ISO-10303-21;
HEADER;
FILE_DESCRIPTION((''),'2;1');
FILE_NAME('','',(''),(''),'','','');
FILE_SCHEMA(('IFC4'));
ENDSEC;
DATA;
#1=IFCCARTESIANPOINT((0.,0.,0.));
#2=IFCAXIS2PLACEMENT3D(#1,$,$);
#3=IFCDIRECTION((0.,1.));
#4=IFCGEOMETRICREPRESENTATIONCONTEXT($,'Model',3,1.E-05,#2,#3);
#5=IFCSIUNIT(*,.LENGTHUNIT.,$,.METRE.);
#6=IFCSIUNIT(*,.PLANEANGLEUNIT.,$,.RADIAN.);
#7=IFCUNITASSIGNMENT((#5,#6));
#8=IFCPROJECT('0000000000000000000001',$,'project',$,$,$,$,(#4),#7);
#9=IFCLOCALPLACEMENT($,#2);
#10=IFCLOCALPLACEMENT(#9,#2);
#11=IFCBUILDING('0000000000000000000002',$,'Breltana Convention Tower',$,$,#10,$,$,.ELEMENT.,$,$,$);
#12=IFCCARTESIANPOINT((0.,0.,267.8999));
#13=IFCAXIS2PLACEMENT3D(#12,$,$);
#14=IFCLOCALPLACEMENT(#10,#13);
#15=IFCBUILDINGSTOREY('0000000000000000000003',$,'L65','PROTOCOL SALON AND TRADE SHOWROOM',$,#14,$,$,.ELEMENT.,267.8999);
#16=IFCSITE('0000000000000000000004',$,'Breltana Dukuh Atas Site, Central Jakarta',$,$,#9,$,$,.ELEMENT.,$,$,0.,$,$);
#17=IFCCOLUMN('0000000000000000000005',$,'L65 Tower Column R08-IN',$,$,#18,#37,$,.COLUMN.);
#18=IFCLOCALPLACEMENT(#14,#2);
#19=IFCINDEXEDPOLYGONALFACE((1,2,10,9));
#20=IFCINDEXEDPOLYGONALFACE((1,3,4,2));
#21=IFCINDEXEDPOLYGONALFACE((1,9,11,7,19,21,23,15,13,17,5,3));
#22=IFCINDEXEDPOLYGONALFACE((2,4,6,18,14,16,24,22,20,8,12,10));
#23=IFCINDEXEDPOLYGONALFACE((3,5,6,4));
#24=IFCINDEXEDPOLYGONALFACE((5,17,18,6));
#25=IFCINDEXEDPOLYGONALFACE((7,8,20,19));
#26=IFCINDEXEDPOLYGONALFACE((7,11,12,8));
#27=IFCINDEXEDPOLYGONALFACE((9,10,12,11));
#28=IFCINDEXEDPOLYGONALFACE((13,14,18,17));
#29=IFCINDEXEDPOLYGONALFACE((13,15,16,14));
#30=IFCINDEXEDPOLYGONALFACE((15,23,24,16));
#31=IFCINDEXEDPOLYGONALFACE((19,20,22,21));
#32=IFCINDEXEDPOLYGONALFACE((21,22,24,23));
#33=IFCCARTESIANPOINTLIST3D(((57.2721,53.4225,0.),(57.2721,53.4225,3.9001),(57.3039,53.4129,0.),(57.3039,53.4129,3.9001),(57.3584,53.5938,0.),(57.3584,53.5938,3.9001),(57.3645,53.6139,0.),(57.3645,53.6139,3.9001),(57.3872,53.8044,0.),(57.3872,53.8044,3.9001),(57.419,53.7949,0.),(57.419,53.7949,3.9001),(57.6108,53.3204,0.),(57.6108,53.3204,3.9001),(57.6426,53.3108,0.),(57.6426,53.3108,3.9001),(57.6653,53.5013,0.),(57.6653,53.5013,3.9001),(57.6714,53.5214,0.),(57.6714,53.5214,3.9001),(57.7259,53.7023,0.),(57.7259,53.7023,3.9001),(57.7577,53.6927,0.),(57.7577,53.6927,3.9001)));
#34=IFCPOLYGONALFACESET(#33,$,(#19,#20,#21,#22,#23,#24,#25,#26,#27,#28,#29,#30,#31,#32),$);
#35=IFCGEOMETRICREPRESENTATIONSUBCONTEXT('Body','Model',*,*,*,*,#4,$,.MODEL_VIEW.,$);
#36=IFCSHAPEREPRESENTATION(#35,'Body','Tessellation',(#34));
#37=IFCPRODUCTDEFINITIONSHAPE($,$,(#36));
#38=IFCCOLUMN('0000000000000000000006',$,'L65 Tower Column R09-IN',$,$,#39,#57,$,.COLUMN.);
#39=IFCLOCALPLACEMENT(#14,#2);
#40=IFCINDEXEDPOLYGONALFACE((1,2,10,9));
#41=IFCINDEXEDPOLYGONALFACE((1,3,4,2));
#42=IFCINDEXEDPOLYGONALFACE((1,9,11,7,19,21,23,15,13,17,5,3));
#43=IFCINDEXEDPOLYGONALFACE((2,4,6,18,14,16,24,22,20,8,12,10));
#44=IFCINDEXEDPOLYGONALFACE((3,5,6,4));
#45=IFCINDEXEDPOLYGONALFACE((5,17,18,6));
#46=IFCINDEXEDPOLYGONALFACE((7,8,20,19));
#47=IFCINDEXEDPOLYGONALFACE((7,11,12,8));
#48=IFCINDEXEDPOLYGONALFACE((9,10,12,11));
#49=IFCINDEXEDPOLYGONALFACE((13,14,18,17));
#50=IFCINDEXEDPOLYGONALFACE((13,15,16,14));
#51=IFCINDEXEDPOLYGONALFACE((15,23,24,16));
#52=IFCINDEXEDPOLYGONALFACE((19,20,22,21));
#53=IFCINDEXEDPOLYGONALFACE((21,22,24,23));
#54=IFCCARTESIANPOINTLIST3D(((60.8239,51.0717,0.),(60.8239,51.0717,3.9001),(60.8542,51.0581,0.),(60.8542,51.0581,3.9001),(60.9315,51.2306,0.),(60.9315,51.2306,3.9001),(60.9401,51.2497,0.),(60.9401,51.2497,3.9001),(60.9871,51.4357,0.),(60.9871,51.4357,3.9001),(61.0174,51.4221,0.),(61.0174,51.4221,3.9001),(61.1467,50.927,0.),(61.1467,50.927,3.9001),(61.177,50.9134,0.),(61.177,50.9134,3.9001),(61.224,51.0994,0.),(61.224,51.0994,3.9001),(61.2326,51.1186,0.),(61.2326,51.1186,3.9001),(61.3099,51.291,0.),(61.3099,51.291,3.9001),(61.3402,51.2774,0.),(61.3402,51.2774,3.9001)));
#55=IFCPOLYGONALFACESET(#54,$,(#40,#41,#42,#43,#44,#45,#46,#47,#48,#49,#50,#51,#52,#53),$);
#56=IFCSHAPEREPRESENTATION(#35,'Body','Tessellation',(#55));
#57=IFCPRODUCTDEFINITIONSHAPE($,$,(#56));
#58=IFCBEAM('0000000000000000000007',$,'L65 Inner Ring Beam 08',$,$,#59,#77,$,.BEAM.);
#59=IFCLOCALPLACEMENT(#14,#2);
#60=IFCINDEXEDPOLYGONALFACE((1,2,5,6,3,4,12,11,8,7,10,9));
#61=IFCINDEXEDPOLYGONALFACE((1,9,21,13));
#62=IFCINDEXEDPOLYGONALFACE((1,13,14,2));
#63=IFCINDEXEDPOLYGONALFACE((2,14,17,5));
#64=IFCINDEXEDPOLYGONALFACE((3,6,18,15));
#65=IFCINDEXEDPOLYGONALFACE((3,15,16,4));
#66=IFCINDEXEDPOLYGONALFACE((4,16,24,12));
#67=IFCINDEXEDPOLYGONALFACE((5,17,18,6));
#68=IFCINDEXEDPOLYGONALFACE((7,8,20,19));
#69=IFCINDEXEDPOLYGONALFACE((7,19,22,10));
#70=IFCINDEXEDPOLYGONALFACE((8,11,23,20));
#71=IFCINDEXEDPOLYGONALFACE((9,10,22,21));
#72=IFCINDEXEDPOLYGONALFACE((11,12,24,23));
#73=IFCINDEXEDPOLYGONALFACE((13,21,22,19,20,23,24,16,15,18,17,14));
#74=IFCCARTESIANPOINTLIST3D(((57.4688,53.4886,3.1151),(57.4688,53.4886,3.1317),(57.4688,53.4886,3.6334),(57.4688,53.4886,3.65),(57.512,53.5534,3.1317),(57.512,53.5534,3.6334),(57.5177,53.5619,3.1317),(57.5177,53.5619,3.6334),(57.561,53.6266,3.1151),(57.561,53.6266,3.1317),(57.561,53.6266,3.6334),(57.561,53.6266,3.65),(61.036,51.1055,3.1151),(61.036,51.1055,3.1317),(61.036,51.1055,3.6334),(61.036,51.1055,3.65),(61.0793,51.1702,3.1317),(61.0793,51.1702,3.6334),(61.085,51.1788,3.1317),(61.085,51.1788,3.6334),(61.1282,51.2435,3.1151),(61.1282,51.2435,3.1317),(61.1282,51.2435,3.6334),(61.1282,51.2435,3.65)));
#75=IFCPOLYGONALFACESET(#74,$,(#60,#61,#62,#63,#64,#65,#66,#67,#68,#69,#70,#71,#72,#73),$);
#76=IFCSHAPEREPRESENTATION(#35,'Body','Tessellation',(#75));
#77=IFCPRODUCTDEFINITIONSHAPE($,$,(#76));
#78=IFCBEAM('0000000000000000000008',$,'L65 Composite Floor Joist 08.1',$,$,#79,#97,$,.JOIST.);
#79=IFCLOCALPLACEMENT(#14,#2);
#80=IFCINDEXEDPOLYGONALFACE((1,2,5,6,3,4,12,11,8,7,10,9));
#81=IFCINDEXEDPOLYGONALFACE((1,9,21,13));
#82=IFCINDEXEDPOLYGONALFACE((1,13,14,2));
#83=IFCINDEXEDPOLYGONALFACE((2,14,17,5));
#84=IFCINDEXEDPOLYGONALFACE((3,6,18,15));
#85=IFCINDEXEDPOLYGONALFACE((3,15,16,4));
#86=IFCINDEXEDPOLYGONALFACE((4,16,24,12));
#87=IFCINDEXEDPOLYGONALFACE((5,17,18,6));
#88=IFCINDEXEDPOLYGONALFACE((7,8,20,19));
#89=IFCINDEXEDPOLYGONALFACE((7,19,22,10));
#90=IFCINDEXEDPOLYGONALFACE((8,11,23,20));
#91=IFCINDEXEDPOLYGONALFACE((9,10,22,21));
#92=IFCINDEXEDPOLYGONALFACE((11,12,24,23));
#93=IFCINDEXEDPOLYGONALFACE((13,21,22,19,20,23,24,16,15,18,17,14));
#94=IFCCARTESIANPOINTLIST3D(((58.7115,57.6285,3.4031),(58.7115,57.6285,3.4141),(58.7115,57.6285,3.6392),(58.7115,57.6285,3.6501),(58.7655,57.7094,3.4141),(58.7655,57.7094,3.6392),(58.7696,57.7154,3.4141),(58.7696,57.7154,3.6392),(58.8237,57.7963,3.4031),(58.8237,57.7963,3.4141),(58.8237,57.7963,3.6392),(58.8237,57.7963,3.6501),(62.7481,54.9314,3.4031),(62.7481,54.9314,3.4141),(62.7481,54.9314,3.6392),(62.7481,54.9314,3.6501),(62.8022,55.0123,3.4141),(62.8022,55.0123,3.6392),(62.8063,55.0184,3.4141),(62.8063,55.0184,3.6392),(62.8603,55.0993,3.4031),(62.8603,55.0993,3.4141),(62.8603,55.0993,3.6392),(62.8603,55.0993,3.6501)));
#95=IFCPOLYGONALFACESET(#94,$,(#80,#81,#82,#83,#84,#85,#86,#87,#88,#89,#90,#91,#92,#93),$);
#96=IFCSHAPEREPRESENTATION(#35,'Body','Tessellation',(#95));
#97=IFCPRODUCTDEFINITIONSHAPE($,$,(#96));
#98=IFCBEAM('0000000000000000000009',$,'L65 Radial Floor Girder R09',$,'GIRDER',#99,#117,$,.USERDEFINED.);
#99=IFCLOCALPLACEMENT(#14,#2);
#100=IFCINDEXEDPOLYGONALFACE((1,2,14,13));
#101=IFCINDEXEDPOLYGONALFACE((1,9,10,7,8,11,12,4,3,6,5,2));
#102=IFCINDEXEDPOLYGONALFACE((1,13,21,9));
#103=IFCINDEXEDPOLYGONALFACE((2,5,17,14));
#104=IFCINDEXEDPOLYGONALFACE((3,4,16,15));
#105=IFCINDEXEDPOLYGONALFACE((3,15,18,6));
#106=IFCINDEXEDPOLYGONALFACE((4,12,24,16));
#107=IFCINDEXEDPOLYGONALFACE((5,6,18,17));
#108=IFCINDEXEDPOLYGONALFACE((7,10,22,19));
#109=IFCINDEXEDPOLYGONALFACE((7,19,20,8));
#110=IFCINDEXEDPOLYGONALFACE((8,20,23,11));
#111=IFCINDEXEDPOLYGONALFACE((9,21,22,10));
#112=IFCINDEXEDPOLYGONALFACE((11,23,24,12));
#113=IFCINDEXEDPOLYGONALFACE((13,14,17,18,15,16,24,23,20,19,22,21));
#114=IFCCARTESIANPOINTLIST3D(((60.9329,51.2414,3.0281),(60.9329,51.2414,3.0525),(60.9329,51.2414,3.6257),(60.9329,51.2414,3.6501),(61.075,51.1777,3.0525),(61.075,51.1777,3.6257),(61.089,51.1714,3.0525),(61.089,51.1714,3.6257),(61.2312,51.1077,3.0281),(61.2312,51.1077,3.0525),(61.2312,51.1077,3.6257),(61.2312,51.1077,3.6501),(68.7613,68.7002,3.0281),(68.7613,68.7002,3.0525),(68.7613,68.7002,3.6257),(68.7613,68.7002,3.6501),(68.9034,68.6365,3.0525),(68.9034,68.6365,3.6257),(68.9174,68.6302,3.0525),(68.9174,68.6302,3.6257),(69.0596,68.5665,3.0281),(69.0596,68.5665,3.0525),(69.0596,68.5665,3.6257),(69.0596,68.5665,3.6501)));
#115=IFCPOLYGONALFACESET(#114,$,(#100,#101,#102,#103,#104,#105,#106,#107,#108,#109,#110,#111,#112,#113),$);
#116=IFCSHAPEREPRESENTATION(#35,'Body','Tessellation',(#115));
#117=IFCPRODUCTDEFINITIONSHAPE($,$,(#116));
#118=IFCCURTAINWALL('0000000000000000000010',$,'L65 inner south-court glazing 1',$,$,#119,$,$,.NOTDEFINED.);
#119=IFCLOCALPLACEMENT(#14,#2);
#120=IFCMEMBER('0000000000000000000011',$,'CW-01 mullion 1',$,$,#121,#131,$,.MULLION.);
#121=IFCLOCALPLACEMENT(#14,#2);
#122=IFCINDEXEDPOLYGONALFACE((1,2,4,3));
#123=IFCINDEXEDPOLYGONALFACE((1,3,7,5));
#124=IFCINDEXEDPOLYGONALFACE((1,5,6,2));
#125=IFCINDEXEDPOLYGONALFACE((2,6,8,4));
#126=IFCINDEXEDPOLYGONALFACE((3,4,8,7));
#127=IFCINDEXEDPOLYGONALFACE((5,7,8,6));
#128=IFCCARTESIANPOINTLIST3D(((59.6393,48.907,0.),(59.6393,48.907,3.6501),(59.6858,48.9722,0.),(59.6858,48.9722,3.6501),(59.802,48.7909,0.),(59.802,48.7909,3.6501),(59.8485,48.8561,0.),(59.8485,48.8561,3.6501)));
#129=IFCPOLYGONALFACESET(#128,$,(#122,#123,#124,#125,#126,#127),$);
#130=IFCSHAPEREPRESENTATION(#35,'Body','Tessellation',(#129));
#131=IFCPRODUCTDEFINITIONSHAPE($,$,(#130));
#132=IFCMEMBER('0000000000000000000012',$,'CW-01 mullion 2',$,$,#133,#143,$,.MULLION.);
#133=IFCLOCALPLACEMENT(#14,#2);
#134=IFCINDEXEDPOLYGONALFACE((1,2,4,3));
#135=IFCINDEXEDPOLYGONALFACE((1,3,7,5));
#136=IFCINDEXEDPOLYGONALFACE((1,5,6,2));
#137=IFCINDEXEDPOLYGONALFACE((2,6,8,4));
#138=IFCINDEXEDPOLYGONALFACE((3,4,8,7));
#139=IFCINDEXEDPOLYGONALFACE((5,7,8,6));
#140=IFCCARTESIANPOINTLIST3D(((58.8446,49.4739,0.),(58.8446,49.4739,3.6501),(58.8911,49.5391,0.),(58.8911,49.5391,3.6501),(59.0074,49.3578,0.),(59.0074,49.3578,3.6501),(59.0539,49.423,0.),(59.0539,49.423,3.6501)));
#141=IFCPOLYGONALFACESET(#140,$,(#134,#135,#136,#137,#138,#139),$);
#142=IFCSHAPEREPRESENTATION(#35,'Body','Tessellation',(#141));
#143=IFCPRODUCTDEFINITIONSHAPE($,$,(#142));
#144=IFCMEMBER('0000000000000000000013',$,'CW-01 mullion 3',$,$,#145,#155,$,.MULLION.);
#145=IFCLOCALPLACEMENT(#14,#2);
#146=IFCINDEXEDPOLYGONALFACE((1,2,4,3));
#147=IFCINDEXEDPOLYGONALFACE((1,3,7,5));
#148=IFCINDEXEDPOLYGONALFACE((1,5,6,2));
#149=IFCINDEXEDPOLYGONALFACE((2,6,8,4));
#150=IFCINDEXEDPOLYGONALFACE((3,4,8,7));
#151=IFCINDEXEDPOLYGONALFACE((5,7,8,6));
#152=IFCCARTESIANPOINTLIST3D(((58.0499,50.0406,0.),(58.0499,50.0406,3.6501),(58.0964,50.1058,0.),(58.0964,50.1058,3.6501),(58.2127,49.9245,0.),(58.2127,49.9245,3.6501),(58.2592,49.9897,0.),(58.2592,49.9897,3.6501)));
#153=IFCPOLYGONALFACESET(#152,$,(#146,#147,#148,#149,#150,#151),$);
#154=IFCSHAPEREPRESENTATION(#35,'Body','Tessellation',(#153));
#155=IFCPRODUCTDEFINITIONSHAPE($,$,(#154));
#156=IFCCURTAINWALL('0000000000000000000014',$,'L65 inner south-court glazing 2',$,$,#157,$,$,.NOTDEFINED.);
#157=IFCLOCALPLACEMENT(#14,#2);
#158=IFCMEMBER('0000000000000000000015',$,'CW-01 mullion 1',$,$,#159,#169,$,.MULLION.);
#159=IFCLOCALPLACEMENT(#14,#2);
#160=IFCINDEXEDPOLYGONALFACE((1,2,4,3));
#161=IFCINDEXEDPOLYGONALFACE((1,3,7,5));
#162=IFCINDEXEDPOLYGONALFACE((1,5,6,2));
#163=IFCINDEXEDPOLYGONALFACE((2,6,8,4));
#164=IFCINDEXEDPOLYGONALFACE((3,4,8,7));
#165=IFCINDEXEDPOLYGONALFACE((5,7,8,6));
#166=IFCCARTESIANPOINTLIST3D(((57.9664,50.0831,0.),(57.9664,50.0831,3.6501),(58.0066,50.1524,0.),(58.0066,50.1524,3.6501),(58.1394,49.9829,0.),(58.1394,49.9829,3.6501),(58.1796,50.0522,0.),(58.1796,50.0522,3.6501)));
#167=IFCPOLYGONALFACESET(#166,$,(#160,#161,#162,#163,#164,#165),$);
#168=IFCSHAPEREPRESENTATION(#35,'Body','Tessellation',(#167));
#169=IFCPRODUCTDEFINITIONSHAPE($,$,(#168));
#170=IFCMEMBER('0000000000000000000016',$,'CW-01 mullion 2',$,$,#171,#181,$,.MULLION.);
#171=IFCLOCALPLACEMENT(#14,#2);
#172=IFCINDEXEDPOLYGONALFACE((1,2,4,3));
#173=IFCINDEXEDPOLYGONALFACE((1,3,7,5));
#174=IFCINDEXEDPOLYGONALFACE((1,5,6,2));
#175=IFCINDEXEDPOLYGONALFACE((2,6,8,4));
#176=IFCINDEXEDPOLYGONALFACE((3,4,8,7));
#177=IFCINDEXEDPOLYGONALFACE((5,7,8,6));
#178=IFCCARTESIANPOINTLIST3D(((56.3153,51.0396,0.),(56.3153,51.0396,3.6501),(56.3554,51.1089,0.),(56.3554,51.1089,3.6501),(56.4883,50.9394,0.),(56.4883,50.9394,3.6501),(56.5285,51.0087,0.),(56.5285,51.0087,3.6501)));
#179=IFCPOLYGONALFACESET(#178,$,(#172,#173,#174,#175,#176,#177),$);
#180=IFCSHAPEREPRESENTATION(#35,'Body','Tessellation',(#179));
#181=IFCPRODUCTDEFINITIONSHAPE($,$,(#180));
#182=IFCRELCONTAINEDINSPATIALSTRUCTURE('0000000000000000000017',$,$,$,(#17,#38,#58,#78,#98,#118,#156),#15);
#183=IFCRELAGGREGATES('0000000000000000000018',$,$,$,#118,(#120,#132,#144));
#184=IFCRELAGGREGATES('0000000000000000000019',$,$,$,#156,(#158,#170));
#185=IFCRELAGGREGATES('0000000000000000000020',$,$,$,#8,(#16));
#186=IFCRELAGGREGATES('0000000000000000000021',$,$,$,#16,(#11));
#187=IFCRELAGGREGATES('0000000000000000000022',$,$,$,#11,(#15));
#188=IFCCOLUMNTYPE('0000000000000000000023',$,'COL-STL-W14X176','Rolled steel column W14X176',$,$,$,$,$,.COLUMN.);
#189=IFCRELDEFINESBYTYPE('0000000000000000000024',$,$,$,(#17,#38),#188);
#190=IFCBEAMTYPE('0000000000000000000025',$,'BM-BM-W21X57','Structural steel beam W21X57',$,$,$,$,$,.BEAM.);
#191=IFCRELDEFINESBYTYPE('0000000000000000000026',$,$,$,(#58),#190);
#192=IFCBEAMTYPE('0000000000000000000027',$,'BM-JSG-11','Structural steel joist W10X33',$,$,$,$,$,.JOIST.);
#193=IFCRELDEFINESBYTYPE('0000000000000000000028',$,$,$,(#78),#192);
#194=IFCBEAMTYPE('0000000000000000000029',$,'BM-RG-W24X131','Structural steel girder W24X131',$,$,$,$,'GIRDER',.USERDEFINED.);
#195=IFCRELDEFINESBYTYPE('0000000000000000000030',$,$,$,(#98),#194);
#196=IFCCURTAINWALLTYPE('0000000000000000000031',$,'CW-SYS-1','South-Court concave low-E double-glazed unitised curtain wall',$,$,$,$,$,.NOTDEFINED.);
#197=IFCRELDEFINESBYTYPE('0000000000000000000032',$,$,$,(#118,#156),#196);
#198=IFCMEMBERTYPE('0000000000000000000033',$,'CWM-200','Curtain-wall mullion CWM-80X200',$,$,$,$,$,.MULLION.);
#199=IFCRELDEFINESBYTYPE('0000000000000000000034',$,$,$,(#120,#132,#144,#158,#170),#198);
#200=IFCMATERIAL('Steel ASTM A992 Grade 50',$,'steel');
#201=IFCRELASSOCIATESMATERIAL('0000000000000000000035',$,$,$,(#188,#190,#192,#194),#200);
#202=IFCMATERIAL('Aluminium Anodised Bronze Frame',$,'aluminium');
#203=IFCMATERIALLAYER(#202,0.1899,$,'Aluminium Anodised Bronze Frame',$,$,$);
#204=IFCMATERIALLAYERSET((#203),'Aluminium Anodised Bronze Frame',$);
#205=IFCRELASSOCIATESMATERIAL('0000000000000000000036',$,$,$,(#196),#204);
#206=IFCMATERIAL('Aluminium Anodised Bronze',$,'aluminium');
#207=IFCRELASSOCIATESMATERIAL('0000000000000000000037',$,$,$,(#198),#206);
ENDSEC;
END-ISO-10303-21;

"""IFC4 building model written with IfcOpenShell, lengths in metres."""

from ifc_helpers import new_model, si_unit, direction, frame, origin, origin_2d, place, context, subcontext, project, spatial, rectangle, i_section, extrude, source, transform, mapped, material, layer, layer_set, material_profile, profile_set, type_object, element, aggregate, save


model = new_model("IFC4")

# Units and contexts
model_context = context("Model", 3, precision=1e-05, world=origin(), true_north=direction((0.0, 1.0)))
body_context = subcontext(model_context, "Body", "Model", "MODEL_VIEW")
ifc_project = project(units=[si_unit("LENGTHUNIT", "METRE"), si_unit("PLANEANGLEUNIT", "RADIAN")], contexts=[model_context])

# Site, building, storey
site_placement = place(None, origin())
site = spatial("IfcSite", under=ifc_project, at=site_placement, Name="Breltana Dukuh Atas Site, Central Jakarta", CompositionType="ELEMENT", RefElevation=0.0)
building_placement = place(site_placement, origin())
building = spatial("IfcBuilding", under=site, at=building_placement, Name="Breltana Convention Tower", CompositionType="ELEMENT")
storey_placement = place(building_placement, frame((0.0, 0.0, 267.8999)))
storey = spatial("IfcBuildingStorey", under=building, at=storey_placement, Name="L65", Description="PROTOCOL SALON AND TRADE SHOWROOM", CompositionType="ELEMENT", Elevation=267.8999)

# Columns
ifc_material_1 = material(Name="Steel ASTM A992 Grade 50", Category="steel")
ifc_material_profile_1 = material_profile(ifc_material_1, i_section(OverallWidth=0.3989, OverallDepth=0.387, WebThickness=0.021, FlangeThickness=0.0332, at=origin_2d()), Name="W14X176")
ifc_profile_set_1 = profile_set([ifc_material_profile_1], Name="Steel ASTM A992 Grade 50")
column_type = type_object("IfcColumnType", Name="COL-STL-W14X176", Description="Rolled steel column W14X176", PredefinedType="COLUMN", material=ifc_profile_set_1)
shared_shape_1 = source(origin(), body_context, "Body", "SweptSolid", [
    extrude(i_section(OverallWidth=0.3989, OverallDepth=0.387, WebThickness=0.021, FlangeThickness=0.0332, at=origin_2d()), origin(), (0.0, 0.0, 1.0), 3.9001),
])
for number, where, z_axis, x_axis, name in (
    (1, (57.5149, 53.5576, 0.0), (0.0, 0.0, 1.0), (0.288698, 0.95742, 0.0), "L65 Tower Column R08-IN"),
    (2, (61.082, 51.1746, 0.0), (0.0, 0.0, 1.0), (0.409127, 0.912477, 0.0), "L65 Tower Column R09-IN"),
):
    element("IfcColumn", number, at=place(storey_placement, frame(where, z_axis=z_axis, x_axis=x_axis)), inside=storey, type_object=column_type, Name=name, PredefinedType="COLUMN", context=body_context, shape_type="MappedRepresentation", body=[
        mapped(shared_shape_1, transform((0.0, 0.0, 0.0), scale=1.0)),
    ])

# Beams
ifc_material_profile_2 = material_profile(ifc_material_1, i_section(OverallWidth=0.166, OverallDepth=0.5349, WebThickness=0.0103, FlangeThickness=0.0166, at=origin_2d()), Name="W21X57")
ifc_profile_set_2 = profile_set([ifc_material_profile_2], Name="Steel ASTM A992 Grade 50")
beam_type_1 = type_object("IfcBeamType", Name="BM-BM-W21X57", Description="Structural steel beam W21X57", PredefinedType="BEAM", material=ifc_profile_set_2)
shared_shape_2 = source(origin(), body_context, "Body", "SweptSolid", [
    extrude(i_section(OverallWidth=0.166, OverallDepth=0.5349, WebThickness=0.0103, FlangeThickness=0.0166, at=origin_2d()), origin(), (0.0, 0.0, 1.0), 4.29),
])
beam_1_placement = place(storey_placement, frame((57.5149, 53.5576, 3.3826), z_axis=(0.831516, -0.555501, 0.0), x_axis=(0.555501, 0.831516, 0.0)))
element("IfcBeam", 3, at=beam_1_placement, inside=storey, type_object=beam_type_1, Name="L65 Inner Ring Beam 08", PredefinedType="BEAM", context=body_context, shape_type="MappedRepresentation", body=[
    mapped(shared_shape_2, transform((0.0, 0.0, 0.0), scale=1.0)),
])
ifc_material_profile_3 = material_profile(ifc_material_1, i_section(OverallWidth=0.2019, OverallDepth=0.2471, WebThickness=0.0073, FlangeThickness=0.011, at=origin_2d()), Name="W10X33")
ifc_profile_set_3 = profile_set([ifc_material_profile_3], Name="Steel ASTM A992 Grade 50")
beam_type_2 = type_object("IfcBeamType", Name="BM-JSG-11", Description="Structural steel joist W10X33", PredefinedType="JOIST", material=ifc_profile_set_3)
shared_shape_3 = source(origin(), body_context, "Body", "SweptSolid", [
    extrude(i_section(OverallWidth=0.2019, OverallDepth=0.2471, WebThickness=0.0073, FlangeThickness=0.011, at=origin_2d()), origin(), (0.0, 0.0, 1.0), 4.8547),
])
beam_2_placement = place(storey_placement, frame((58.7676, 57.7124, 3.5266), z_axis=(0.831485, -0.555547, 0.0), x_axis=(0.555547, 0.831485, 0.0)))
element("IfcBeam", 4, at=beam_2_placement, inside=storey, type_object=beam_type_2, Name="L65 Composite Floor Joist 08.1", PredefinedType="JOIST", context=body_context, shape_type="MappedRepresentation", body=[
    mapped(shared_shape_3, transform((0.0, 0.0, 0.0), scale=1.0)),
])
ifc_material_profile_4 = material_profile(ifc_material_1, i_section(OverallWidth=0.3269, OverallDepth=0.6221, WebThickness=0.0154, FlangeThickness=0.0244, at=origin_2d()), Name="W24X131")
ifc_profile_set_4 = profile_set([ifc_material_profile_4], Name="Steel ASTM A992 Grade 50")
beam_type_3 = type_object("IfcBeamType", Name="BM-RG-W24X131", Description="Structural steel girder W24X131", ElementType="GIRDER", PredefinedType="USERDEFINED", material=ifc_profile_set_4)
shared_shape_4 = source(origin(), body_context, "Body", "SweptSolid", [
    extrude(i_section(OverallWidth=0.3269, OverallDepth=0.6221, WebThickness=0.0154, FlangeThickness=0.0244, at=origin_2d()), origin(), (0.0, 0.0, 1.0), 19.1335),
])
beam_3_placement = place(storey_placement, frame((61.082, 51.1746, 3.3391), z_axis=(0.409145, 0.91247, 0.0), x_axis=(-0.91247, 0.409145, 0.0)))
element("IfcBeam", 5, at=beam_3_placement, inside=storey, type_object=beam_type_3, Name="L65 Radial Floor Girder R09", ObjectType="GIRDER", PredefinedType="USERDEFINED", context=body_context, shape_type="MappedRepresentation", body=[
    mapped(shared_shape_4, transform((0.0, 0.0, 0.0), scale=1.0)),
])

# Curtain walls, members
ifc_material_2 = material(Name="Aluminium Anodised Bronze Frame", Category="aluminium")
ifc_layer_1 = layer(ifc_material_2, 0.1899, Name="Aluminium Anodised Bronze Frame")
ifc_layer_set_1 = layer_set([ifc_layer_1], Name="Aluminium Anodised Bronze Frame")
curtain_wall_type = type_object("IfcCurtainWallType", Name="CW-SYS-1", Description="South-Court concave low-E double-glazed unitised curtain wall", PredefinedType="NOTDEFINED", material=ifc_layer_set_1)
curtain_wall_1_placement = place(storey_placement, origin())
curtain_wall_1 = element("IfcCurtainWall", 6, at=curtain_wall_1_placement, inside=storey, type_object=curtain_wall_type, Name="L65 inner south-court glazing 1", PredefinedType="NOTDEFINED")
ifc_material_3 = material(Name="Aluminium Anodised Bronze", Category="aluminium")
ifc_material_profile_5 = material_profile(ifc_material_3, rectangle(XDim=0.0801, YDim=0.2, at=origin_2d()), Name="CWM-80X200")
ifc_profile_set_5 = profile_set([ifc_material_profile_5], Name="Aluminium Anodised Bronze")
member_type_1 = type_object("IfcMemberType", Name="CWM-200", Description="Curtain-wall mullion CWM-80X200", PredefinedType="MULLION", material=ifc_profile_set_5)
shared_shape_5 = source(origin(), body_context, "Body", "SweptSolid", [
    extrude(rectangle(XDim=0.0801, YDim=0.2, at=origin_2d()), origin(), (0.0, 0.0, 1.0), 3.6501),
])
member_1_placement = place(storey_placement, frame((59.7439, 48.8816, 0.0), z_axis=(0.0, 0.0, 1.0), x_axis=(-0.580656, -0.814149, 0.0)))
member_1 = element("IfcMember", 7, at=member_1_placement, type_object=member_type_1, Name="CW-01 mullion 1", PredefinedType="MULLION", context=body_context, shape_type="MappedRepresentation", body=[
    mapped(shared_shape_5, transform((0.0, 0.0, 0.0), scale=1.0)),
])
member_2_placement = place(storey_placement, frame((58.9492, 49.4485, 0.0), z_axis=(0.0, 0.0, 1.0), x_axis=(-0.580656, -0.814149, 0.0)))
member_2 = element("IfcMember", 8, at=member_2_placement, type_object=member_type_1, Name="CW-01 mullion 2", PredefinedType="MULLION", context=body_context, shape_type="MappedRepresentation", body=[
    mapped(shared_shape_5, transform((0.0, 0.0, 0.0), scale=1.0)),
])
member_3_placement = place(storey_placement, frame((58.1545, 50.0151, 0.0), z_axis=(0.0, 0.0, 1.0), x_axis=(-0.580656, -0.814149, 0.0)))
member_3 = element("IfcMember", 9, at=member_3_placement, type_object=member_type_1, Name="CW-01 mullion 3", PredefinedType="MULLION", context=body_context, shape_type="MappedRepresentation", body=[
    mapped(shared_shape_5, transform((0.0, 0.0, 0.0), scale=1.0)),
])
curtain_wall_2_placement = place(storey_placement, origin())
curtain_wall_2 = element("IfcCurtainWall", 10, at=curtain_wall_2_placement, inside=storey, type_object=curtain_wall_type, Name="L65 inner south-court glazing 2", PredefinedType="NOTDEFINED")
member_4_placement = place(storey_placement, frame((58.073, 50.0676, 0.0), z_axis=(0.0, 0.0, 1.0), x_axis=(-0.501217, -0.865322, 0.0)))
member_4 = element("IfcMember", 11, at=member_4_placement, type_object=member_type_1, Name="CW-01 mullion 1", PredefinedType="MULLION", context=body_context, shape_type="MappedRepresentation", body=[
    mapped(shared_shape_5, transform((0.0, 0.0, 0.0), scale=1.0)),
])
member_5_placement = place(storey_placement, frame((56.4219, 51.0242, 0.0), z_axis=(0.0, 0.0, 1.0), x_axis=(-0.501217, -0.865322, 0.0)))
member_5 = element("IfcMember", 12, at=member_5_placement, type_object=member_type_1, Name="CW-01 mullion 2", PredefinedType="MULLION", context=body_context, shape_type="MappedRepresentation", body=[
    mapped(shared_shape_5, transform((0.0, 0.0, 0.0), scale=1.0)),
])

aggregate(curtain_wall_1, [member_1, member_2, member_3])
aggregate(curtain_wall_2, [member_4, member_5])

save(model, "model.ifc")
